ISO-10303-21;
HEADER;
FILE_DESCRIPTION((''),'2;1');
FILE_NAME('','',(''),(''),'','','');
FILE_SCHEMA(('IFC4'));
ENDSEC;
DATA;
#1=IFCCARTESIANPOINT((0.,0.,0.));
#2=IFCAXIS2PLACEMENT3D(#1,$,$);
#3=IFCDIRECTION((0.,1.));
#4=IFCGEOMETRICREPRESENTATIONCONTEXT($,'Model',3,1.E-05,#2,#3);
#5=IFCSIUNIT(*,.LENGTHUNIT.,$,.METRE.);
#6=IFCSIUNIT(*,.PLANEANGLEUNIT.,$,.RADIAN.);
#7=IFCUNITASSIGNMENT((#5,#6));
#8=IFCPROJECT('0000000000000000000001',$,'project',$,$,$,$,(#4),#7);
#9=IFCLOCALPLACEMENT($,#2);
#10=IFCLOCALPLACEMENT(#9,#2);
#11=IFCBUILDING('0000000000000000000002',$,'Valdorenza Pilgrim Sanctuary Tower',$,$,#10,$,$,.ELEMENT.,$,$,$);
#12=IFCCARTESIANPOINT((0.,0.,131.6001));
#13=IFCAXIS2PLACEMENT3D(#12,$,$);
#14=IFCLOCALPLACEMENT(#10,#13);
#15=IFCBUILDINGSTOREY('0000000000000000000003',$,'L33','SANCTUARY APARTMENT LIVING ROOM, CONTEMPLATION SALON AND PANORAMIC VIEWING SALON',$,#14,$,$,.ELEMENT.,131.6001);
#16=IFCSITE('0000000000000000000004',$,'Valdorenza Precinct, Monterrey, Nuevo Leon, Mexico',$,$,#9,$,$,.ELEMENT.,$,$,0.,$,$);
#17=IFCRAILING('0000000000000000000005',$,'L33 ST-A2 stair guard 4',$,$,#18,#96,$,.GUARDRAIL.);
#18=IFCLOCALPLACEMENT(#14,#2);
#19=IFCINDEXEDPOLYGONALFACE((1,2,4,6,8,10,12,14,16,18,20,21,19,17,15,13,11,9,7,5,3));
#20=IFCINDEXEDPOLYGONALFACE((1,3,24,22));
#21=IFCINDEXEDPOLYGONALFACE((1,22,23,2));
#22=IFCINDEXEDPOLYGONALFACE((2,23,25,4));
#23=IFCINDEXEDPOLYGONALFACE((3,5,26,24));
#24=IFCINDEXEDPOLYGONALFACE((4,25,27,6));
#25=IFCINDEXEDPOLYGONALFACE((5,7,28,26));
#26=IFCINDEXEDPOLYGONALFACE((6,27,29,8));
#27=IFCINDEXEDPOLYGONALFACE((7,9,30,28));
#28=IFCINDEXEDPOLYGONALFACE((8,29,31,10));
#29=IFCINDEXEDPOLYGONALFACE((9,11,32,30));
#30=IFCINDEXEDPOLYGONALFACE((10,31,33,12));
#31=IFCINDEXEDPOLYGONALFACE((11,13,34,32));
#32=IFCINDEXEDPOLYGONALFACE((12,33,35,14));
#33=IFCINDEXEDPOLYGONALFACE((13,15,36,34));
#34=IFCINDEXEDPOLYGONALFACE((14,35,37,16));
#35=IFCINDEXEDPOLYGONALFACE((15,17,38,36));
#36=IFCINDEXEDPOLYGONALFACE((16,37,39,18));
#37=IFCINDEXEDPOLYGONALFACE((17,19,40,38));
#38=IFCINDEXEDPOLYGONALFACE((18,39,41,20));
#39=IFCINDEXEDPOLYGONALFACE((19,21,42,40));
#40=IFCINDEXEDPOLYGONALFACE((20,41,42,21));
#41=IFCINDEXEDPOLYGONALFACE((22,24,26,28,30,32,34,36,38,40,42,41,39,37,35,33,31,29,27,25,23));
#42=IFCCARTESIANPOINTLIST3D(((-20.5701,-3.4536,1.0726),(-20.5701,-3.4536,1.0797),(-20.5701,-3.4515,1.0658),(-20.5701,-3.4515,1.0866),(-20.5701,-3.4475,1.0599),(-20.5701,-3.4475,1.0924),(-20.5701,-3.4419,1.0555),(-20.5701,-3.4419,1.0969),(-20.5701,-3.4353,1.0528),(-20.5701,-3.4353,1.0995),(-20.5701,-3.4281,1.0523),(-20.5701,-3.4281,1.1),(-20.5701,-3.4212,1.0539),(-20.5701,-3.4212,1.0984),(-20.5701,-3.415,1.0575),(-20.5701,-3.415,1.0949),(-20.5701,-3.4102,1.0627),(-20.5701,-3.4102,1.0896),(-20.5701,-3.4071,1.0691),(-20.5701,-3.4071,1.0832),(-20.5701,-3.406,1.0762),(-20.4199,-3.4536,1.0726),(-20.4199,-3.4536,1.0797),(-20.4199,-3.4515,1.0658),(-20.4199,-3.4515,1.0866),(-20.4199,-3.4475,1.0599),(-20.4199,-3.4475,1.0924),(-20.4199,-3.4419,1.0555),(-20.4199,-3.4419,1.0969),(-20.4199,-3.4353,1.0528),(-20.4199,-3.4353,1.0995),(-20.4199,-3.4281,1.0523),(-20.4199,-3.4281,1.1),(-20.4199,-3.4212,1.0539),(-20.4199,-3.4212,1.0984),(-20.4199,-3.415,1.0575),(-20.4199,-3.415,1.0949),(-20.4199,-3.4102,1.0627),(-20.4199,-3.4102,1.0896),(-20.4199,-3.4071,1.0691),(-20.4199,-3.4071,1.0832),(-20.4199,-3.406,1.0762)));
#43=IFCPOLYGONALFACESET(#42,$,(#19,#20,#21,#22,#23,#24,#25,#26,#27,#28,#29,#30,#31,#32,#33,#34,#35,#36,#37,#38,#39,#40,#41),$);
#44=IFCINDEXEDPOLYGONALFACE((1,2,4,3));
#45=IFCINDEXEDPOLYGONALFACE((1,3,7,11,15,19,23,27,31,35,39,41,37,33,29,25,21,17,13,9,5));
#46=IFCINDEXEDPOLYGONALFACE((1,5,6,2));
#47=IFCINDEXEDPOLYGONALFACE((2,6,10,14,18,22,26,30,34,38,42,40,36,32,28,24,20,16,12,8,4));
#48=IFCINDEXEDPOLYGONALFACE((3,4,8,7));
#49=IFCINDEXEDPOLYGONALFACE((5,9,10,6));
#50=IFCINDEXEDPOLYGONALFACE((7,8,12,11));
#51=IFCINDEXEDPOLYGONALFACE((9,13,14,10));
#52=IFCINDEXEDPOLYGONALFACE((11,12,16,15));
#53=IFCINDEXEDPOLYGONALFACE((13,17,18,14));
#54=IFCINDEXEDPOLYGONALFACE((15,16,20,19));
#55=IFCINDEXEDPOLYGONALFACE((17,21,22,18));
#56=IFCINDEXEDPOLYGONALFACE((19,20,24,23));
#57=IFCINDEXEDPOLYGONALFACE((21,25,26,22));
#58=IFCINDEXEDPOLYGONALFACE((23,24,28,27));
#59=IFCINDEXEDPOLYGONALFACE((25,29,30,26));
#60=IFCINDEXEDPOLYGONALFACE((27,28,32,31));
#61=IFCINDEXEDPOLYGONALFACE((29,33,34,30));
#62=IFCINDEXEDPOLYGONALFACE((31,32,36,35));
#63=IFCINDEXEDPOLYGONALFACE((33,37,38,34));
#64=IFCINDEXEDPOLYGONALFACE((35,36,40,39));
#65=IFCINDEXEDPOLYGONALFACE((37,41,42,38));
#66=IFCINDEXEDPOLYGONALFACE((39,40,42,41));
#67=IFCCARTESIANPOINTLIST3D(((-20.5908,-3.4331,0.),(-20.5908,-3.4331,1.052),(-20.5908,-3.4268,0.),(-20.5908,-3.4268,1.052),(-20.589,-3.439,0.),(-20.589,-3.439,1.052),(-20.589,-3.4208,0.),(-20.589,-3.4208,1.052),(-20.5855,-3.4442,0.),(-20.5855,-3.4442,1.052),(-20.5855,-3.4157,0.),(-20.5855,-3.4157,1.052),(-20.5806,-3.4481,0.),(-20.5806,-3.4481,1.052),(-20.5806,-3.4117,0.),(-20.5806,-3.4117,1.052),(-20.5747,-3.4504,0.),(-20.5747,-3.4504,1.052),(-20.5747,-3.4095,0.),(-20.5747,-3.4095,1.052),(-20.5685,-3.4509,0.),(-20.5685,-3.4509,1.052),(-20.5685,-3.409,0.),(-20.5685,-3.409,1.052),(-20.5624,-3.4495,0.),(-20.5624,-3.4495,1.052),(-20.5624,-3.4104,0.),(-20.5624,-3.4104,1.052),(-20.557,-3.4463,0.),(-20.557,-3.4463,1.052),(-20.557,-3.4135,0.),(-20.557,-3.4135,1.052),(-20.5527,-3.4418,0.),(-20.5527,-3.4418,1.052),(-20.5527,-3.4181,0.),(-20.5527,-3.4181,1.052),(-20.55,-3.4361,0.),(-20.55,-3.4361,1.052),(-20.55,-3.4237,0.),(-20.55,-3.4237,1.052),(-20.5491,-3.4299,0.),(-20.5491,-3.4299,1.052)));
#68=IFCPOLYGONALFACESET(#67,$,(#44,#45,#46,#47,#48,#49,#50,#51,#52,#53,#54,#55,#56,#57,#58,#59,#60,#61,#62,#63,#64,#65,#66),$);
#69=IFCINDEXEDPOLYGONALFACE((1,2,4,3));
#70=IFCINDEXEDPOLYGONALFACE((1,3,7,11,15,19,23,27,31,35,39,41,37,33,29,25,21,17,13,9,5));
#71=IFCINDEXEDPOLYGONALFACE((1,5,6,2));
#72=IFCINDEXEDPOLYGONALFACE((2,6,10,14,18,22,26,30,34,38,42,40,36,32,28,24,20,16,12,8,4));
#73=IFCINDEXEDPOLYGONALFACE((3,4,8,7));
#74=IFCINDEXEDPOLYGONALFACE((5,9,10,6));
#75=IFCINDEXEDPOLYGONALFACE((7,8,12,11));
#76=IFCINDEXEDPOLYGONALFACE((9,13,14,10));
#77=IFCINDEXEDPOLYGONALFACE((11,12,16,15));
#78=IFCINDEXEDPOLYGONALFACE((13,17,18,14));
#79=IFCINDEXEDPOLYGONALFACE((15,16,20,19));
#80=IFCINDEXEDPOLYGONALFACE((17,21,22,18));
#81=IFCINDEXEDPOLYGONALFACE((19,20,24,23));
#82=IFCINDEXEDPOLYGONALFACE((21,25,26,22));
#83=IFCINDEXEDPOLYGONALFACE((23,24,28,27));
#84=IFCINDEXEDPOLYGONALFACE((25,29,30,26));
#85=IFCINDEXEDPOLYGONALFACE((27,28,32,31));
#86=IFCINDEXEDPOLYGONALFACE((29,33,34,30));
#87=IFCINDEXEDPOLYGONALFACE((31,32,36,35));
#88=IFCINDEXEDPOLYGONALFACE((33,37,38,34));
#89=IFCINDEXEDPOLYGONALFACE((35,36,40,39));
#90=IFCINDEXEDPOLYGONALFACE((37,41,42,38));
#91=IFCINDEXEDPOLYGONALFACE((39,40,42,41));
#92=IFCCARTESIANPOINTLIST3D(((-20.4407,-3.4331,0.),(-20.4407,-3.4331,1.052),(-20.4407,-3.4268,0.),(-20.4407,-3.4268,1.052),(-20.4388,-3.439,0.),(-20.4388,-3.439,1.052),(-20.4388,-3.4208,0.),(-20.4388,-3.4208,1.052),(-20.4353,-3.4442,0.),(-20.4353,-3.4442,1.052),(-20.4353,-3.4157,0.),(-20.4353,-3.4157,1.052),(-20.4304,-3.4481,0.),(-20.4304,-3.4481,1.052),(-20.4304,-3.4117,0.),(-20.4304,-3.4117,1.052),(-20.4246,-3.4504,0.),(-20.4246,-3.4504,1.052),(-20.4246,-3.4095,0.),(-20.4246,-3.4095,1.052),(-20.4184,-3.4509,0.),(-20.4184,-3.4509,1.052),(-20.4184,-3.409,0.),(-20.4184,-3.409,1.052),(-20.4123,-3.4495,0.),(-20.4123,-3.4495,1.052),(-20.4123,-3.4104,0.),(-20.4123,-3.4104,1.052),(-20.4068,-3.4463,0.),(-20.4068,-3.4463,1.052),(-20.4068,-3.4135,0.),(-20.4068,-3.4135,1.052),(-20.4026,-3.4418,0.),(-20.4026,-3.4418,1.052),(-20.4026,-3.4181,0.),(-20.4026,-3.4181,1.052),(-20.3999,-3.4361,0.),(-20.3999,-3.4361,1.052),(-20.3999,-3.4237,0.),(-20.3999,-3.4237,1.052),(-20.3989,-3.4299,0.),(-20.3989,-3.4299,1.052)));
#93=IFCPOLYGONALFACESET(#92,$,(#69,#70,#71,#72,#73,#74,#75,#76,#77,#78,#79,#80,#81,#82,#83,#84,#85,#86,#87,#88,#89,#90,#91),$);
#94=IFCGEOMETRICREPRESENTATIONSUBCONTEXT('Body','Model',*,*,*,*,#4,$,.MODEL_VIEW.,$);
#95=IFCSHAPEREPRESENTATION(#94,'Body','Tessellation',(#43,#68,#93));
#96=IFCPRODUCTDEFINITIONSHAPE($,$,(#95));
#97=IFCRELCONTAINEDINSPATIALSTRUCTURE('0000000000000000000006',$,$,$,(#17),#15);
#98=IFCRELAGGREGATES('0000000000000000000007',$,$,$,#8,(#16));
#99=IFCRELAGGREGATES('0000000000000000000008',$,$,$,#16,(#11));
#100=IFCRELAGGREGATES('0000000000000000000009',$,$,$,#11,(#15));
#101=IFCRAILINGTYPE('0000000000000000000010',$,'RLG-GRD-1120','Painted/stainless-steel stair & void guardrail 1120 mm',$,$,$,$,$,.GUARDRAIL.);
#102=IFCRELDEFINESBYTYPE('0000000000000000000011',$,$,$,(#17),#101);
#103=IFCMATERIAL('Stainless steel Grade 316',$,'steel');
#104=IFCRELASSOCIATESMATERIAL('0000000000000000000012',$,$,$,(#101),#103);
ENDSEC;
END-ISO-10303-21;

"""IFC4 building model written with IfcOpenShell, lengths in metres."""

from ifc_helpers import new_model, si_unit, direction, frame, origin, origin_2d, place, context, subcontext, project, spatial, circle, extrude, material, type_object, element, save


model = new_model("IFC4")

# Units and contexts
model_context = context("Model", 3, precision=1e-05, world=origin(), true_north=direction((0.0, 1.0)))
body_context = subcontext(model_context, "Body", "Model", "MODEL_VIEW")
ifc_project = project(units=[si_unit("LENGTHUNIT", "METRE"), si_unit("PLANEANGLEUNIT", "RADIAN")], contexts=[model_context])

# Site, building, storey
site_placement = place(None, origin())
site = spatial("IfcSite", under=ifc_project, at=site_placement, Name="Valdorenza Precinct, Monterrey, Nuevo Leon, Mexico", CompositionType="ELEMENT", RefElevation=0.0)
building_placement = place(site_placement, origin())
building = spatial("IfcBuilding", under=site, at=building_placement, Name="Valdorenza Pilgrim Sanctuary Tower", CompositionType="ELEMENT")
storey_placement = place(building_placement, frame((0.0, 0.0, 131.6001)))
storey = spatial("IfcBuildingStorey", under=building, at=storey_placement, Name="L33", Description="SANCTUARY APARTMENT LIVING ROOM, CONTEMPLATION SALON AND PANORAMIC VIEWING SALON", CompositionType="ELEMENT", Elevation=131.6001)

# Railing
ifc_material_1 = material(Name="Stainless steel Grade 316", Category="steel")
railing_type_1 = type_object("IfcRailingType", Name="RLG-GRD-1120", Description="Painted/stainless-steel stair & void guardrail 1120 mm", PredefinedType="GUARDRAIL", material=ifc_material_1)
railing_1_placement = place(storey_placement, frame((-20.5701, -3.4299, 0.0)))
element("IfcRailing", 1, at=railing_1_placement, inside=storey, type_object=railing_type_1, Name="L33 ST-A2 stair guard 4", PredefinedType="GUARDRAIL", context=body_context, shape_type="SweptSolid", body=[
    extrude(circle(Radius=0.0239, at=origin_2d()), frame((0.0, 0.0, 1.0762), z_axis=(1.0, 0.0, 0.0), x_axis=(0.0, 1.0, 0.0)), (0.0, 0.0, 1.0), 0.1501),
    extrude(circle(Radius=0.021, at=origin_2d()), origin(), (0.0, 0.0, 1.0), 1.052),
    extrude(circle(Radius=0.021, at=origin_2d()), frame((0.1501, 0.0, 0.0)), (0.0, 0.0, 1.0), 1.052),
])

save(model, "model.ifc")
